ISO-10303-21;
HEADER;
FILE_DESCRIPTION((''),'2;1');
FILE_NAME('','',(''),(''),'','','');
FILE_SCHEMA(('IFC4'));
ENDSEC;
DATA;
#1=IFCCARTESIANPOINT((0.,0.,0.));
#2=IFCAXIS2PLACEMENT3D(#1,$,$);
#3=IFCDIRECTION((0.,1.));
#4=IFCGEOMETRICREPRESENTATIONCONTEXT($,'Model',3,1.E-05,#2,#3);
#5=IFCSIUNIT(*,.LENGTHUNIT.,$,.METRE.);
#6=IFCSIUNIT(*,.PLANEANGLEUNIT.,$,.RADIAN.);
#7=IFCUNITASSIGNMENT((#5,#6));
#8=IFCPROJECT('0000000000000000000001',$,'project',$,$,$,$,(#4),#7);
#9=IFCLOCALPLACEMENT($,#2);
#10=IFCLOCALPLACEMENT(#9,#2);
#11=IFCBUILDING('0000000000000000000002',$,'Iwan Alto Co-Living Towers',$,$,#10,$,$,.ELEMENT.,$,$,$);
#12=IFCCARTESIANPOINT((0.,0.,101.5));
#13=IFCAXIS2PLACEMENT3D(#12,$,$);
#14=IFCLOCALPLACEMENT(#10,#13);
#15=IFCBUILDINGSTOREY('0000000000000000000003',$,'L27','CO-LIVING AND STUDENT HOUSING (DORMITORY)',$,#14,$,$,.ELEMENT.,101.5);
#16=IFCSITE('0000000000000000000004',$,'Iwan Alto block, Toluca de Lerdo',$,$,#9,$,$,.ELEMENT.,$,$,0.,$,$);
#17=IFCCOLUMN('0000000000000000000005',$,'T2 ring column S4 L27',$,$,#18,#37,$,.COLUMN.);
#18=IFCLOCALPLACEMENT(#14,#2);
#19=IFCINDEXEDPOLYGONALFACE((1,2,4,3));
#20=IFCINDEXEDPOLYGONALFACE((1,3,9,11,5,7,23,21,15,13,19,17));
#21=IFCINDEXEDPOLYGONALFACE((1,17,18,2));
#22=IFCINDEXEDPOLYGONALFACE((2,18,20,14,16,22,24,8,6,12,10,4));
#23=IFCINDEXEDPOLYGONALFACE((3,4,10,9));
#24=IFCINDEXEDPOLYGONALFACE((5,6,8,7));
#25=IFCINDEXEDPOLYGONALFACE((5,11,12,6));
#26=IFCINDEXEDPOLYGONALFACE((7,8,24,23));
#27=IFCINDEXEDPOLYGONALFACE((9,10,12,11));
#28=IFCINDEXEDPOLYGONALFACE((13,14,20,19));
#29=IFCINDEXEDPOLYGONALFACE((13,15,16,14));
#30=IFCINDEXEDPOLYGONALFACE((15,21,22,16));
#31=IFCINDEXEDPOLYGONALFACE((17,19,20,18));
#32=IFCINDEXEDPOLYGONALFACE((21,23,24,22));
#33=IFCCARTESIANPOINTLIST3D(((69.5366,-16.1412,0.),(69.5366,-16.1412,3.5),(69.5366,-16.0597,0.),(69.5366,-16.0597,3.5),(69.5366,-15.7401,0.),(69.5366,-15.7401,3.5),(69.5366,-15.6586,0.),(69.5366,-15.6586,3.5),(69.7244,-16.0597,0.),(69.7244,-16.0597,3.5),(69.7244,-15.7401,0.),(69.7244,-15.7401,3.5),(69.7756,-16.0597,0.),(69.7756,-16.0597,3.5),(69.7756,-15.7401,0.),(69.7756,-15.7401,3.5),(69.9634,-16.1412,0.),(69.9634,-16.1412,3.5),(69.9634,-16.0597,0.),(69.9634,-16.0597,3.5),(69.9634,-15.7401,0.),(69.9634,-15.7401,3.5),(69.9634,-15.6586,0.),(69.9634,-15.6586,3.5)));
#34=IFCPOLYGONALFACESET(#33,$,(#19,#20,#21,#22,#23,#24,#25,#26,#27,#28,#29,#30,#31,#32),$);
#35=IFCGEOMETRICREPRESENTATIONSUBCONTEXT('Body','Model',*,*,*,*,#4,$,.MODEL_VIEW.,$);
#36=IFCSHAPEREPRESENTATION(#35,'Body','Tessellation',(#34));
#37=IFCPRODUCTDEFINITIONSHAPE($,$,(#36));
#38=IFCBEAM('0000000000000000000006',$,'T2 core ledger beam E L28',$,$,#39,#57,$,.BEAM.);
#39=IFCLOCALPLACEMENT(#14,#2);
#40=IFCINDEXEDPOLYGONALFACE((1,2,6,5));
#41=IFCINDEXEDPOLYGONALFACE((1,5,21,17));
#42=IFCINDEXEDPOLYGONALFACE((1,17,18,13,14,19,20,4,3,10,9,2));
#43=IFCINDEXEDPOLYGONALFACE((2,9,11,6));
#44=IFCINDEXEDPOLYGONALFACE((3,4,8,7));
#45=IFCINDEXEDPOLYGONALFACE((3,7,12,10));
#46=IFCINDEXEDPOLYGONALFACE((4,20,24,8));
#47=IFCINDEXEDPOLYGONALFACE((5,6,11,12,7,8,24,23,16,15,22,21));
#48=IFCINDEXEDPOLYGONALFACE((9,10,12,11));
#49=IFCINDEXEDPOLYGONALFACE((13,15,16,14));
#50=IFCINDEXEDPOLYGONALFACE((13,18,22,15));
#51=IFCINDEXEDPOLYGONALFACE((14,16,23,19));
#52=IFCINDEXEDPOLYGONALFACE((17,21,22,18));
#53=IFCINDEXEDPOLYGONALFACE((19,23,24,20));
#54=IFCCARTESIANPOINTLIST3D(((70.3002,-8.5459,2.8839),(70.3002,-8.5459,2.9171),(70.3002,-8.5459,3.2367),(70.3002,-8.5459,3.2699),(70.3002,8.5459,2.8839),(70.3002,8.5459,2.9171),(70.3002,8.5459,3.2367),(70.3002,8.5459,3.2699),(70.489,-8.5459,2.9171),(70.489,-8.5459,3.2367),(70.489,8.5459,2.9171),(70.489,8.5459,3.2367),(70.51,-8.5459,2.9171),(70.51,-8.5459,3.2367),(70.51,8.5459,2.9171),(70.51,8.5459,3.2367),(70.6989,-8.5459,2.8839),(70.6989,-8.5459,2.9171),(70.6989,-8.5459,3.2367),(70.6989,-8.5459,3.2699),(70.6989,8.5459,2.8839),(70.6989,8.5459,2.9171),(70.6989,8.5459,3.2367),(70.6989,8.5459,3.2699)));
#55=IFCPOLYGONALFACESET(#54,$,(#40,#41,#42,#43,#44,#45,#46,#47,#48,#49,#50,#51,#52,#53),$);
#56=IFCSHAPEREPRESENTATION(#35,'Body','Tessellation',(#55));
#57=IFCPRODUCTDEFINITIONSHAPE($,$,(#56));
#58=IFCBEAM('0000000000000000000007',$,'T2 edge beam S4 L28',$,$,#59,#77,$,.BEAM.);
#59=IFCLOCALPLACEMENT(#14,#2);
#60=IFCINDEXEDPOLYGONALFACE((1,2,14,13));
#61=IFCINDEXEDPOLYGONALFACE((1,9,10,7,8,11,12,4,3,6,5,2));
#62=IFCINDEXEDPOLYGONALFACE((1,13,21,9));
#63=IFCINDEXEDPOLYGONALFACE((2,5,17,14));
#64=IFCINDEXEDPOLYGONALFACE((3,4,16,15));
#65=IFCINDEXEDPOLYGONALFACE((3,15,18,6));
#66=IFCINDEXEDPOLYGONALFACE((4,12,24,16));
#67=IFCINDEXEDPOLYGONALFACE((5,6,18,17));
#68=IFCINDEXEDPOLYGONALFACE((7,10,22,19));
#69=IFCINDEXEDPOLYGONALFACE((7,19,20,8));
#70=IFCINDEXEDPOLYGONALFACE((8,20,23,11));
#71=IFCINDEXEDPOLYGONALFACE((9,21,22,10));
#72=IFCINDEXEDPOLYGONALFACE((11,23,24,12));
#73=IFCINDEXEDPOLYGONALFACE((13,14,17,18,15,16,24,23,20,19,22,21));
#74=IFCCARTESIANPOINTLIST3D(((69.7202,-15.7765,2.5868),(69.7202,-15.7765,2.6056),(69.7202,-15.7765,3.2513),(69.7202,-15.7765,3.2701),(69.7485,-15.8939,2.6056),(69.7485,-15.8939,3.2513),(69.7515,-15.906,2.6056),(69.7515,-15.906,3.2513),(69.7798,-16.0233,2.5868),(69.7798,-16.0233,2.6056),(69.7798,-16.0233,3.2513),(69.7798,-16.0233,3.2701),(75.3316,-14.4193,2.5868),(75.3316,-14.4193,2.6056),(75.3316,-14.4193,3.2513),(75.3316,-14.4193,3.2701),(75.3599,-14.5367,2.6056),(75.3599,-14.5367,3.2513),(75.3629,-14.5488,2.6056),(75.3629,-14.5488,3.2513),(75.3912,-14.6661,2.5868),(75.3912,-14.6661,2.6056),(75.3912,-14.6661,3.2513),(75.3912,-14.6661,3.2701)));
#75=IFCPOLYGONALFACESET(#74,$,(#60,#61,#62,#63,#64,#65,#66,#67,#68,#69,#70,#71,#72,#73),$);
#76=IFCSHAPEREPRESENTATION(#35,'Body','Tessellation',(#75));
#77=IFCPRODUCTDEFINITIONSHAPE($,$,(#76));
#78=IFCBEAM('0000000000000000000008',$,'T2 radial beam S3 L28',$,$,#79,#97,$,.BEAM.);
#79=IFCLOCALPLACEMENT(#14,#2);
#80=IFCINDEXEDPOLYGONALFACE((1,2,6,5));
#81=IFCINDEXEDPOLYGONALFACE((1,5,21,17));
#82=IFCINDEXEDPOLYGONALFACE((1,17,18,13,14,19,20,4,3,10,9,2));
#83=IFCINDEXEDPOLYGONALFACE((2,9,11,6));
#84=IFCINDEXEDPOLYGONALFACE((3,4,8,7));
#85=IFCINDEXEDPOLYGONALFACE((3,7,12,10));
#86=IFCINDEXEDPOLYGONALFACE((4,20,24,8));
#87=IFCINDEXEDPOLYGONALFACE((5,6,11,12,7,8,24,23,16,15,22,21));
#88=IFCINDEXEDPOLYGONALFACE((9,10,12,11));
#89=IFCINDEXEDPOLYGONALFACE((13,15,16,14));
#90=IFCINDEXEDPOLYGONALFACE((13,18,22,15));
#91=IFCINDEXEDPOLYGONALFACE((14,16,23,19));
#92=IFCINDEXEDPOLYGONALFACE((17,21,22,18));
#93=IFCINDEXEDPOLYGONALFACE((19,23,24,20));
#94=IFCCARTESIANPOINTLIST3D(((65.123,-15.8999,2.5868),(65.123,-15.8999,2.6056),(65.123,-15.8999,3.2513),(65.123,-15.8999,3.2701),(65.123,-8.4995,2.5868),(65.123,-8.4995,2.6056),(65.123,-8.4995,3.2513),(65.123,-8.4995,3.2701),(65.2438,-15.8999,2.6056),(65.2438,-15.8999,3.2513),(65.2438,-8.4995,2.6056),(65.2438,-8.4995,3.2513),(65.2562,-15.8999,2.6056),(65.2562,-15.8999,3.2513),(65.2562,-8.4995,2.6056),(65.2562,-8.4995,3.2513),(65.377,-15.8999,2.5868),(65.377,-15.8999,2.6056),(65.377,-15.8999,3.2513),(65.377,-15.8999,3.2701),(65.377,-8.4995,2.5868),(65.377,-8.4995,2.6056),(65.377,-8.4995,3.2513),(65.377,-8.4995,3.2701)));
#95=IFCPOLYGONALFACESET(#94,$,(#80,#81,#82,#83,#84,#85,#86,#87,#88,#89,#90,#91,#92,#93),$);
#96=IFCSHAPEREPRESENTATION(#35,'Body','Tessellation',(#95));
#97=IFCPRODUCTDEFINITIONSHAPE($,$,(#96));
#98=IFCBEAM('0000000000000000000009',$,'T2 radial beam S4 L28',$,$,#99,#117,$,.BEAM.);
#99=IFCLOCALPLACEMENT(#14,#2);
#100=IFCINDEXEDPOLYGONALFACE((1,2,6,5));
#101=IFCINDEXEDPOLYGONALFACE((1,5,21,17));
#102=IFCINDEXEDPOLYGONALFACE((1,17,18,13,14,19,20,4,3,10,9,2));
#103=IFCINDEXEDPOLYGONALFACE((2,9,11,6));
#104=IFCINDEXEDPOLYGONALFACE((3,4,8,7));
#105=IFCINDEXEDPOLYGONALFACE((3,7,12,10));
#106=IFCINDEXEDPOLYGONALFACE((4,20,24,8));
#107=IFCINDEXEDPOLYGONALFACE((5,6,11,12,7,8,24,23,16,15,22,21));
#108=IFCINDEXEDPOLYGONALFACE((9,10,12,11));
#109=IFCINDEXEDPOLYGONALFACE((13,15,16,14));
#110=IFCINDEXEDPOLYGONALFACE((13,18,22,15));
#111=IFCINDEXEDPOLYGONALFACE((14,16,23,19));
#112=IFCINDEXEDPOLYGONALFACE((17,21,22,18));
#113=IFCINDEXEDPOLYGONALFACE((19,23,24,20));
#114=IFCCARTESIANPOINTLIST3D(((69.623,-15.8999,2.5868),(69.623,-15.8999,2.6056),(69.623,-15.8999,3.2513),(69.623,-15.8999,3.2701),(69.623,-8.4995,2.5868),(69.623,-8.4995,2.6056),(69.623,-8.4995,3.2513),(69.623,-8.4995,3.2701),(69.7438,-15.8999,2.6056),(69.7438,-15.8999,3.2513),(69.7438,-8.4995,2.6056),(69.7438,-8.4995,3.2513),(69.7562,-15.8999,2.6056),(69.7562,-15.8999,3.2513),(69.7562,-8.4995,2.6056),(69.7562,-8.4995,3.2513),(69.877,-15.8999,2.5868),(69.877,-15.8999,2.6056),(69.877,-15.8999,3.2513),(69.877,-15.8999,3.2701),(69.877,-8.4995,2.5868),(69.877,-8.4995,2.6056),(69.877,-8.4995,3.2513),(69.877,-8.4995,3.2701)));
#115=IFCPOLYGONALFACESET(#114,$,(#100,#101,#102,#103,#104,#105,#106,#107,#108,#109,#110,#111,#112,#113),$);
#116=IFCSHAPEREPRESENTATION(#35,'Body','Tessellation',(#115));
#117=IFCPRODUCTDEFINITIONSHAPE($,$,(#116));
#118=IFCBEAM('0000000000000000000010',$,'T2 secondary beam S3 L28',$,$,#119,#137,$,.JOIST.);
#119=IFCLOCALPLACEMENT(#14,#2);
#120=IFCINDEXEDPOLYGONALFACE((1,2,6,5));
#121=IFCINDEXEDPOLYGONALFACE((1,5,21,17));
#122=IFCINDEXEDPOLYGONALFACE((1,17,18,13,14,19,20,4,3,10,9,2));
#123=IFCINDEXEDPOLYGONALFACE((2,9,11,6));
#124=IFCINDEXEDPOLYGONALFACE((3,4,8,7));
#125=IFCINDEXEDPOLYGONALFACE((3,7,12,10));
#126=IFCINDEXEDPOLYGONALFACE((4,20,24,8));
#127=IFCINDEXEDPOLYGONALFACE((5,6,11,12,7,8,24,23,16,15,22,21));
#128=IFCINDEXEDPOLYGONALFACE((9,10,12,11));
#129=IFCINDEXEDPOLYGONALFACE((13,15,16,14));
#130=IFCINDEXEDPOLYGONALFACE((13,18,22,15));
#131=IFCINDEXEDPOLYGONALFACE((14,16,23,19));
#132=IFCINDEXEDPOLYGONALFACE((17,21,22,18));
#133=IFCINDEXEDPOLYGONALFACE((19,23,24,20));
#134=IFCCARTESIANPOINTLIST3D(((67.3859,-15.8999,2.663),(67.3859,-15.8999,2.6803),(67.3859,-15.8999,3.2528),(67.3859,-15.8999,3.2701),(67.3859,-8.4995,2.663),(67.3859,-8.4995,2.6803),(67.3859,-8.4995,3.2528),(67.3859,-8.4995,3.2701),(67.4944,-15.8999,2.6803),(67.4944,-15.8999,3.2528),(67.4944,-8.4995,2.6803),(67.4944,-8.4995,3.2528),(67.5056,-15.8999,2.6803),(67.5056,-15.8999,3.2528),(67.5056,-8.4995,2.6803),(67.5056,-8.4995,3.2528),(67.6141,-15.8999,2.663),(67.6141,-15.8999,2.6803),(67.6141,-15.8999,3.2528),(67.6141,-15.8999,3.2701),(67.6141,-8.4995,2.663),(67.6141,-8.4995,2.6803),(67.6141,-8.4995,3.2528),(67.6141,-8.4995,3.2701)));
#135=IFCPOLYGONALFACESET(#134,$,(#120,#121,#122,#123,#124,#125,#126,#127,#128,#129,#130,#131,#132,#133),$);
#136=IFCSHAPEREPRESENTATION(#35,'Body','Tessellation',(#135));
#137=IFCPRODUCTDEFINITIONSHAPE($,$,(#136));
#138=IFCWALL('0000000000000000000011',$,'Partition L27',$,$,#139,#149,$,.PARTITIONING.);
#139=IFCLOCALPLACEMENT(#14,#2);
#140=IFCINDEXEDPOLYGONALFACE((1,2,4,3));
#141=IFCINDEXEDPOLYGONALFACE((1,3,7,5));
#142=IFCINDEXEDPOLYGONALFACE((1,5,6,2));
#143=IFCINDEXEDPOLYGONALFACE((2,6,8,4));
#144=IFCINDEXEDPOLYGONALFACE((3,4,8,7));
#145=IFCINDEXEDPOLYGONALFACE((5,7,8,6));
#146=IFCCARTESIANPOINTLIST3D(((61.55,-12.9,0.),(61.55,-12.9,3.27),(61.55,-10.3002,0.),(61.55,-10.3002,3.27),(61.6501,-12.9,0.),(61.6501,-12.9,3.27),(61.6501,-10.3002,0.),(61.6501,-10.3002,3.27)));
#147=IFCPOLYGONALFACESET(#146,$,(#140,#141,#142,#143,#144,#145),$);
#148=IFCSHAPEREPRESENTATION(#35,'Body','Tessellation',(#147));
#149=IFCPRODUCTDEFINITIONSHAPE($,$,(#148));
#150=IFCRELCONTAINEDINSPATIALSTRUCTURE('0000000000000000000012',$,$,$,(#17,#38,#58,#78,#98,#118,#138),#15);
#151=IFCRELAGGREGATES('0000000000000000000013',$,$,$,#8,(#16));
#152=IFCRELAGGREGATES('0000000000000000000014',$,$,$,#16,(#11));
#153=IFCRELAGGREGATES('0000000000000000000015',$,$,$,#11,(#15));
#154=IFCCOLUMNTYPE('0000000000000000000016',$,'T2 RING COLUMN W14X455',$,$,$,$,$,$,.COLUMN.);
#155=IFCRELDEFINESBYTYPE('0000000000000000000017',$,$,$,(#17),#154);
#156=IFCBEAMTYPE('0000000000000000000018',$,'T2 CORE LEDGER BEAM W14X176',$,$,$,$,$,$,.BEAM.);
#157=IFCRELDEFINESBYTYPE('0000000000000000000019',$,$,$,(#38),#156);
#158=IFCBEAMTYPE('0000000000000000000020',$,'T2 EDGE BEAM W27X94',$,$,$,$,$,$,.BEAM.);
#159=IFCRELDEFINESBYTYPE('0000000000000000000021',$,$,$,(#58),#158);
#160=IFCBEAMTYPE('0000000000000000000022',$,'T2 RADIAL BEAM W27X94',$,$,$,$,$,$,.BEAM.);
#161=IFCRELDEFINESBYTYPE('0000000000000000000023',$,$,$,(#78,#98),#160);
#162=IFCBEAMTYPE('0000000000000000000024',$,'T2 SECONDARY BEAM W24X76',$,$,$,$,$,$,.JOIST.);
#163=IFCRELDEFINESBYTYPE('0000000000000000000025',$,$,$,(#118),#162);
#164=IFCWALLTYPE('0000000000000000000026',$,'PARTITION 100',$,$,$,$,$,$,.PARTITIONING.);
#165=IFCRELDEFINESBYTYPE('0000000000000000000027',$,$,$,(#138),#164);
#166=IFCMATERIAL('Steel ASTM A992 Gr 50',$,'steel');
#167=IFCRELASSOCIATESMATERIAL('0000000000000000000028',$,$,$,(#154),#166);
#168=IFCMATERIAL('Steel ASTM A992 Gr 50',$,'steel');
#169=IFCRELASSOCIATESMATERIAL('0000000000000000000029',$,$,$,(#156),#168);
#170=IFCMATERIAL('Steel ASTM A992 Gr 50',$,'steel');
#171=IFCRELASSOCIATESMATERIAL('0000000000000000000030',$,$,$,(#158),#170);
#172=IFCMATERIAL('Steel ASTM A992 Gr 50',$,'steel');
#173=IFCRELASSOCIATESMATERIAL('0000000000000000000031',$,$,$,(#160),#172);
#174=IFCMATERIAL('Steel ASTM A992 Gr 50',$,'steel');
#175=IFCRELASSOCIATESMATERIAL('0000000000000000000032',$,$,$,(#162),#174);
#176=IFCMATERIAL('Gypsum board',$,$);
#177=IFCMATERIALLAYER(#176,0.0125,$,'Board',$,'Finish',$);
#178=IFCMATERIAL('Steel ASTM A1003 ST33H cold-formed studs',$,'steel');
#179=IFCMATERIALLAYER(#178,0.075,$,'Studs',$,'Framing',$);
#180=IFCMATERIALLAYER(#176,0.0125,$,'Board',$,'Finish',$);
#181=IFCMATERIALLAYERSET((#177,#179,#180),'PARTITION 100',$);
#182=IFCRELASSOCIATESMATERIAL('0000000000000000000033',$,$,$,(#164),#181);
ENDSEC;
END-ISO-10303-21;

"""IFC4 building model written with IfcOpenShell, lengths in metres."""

from ifc_helpers import new_model, si_unit, direction, frame, frame_2d, origin, origin_2d, place, context, subcontext, project, spatial, rectangle, i_section, extrude, material, layer, layer_set, material_profile, profile_set, type_object, element, save


model = new_model("IFC4")

# Units and contexts
model_context = context("Model", 3, precision=1e-05, world=origin(), true_north=direction((0.0, 1.0)))
body_context = subcontext(model_context, "Body", "Model", "MODEL_VIEW")
ifc_project = project(units=[si_unit("LENGTHUNIT", "METRE"), si_unit("PLANEANGLEUNIT", "RADIAN")], contexts=[model_context])

# Site, building, storey
site_placement = place(None, origin())
site = spatial("IfcSite", under=ifc_project, at=site_placement, Name="Iwan Alto block, Toluca de Lerdo", CompositionType="ELEMENT", RefElevation=0.0)
building_placement = place(site_placement, origin())
building = spatial("IfcBuilding", under=site, at=building_placement, Name="Iwan Alto Co-Living Towers", CompositionType="ELEMENT")
storey_placement = place(building_placement, frame((0.0, 0.0, 101.5)))
storey = spatial("IfcBuildingStorey", under=building, at=storey_placement, Name="L27", Description="CO-LIVING AND STUDENT HOUSING (DORMITORY)", CompositionType="ELEMENT", Elevation=101.5)

# Column
ifc_material_1 = material(Name="Steel ASTM A992 Gr 50", Category="steel")
ifc_material_profile_1 = material_profile(ifc_material_1, i_section(OverallWidth=0.4268, OverallDepth=0.4827, WebThickness=0.0513, FlangeThickness=0.0815, at=origin_2d()), Name="W14X455")
ifc_profile_set_1 = profile_set([ifc_material_profile_1], Name="Steel ASTM A992 Gr 50")
column_type = type_object("IfcColumnType", Name="T2 RING COLUMN W14X455", PredefinedType="COLUMN", material=ifc_profile_set_1)
column_placement = place(storey_placement, frame((69.75, -15.8999, 0.0), z_axis=(0.0, 0.0, 1.0), x_axis=(1.0, 0.0, 0.0)))
element("IfcColumn", 1, at=column_placement, inside=storey, type_object=column_type, Name="T2 ring column S4 L27", PredefinedType="COLUMN", context=body_context, shape_type="SweptSolid", body=[
    extrude(i_section(OverallWidth=0.4268, OverallDepth=0.4827, WebThickness=0.0513, FlangeThickness=0.0815, at=origin_2d()), origin(), (0.0, 0.0, 1.0), 3.5),
])

# Beams
ifc_material_2 = material(Name="Steel ASTM A992 Gr 50", Category="steel")
ifc_material_profile_2 = material_profile(ifc_material_2, i_section(OverallWidth=0.3987, OverallDepth=0.386, WebThickness=0.021, FlangeThickness=0.0332, at=origin_2d()), Name="W14X176")
ifc_profile_set_2 = profile_set([ifc_material_profile_2], Name="Steel ASTM A992 Gr 50")
beam_type_1 = type_object("IfcBeamType", Name="T2 CORE LEDGER BEAM W14X176", PredefinedType="BEAM", material=ifc_profile_set_2)
beam_1_placement = place(storey_placement, frame((70.4995, -8.5459, 3.0769), z_axis=(0.0, 1.0, 0.0), x_axis=(-1.0, 0.0, 0.0)))
element("IfcBeam", 2, at=beam_1_placement, inside=storey, type_object=beam_type_1, Name="T2 core ledger beam E L28", PredefinedType="BEAM", context=body_context, shape_type="SweptSolid", body=[
    extrude(i_section(OverallWidth=0.3987, OverallDepth=0.386, WebThickness=0.021, FlangeThickness=0.0332, at=origin_2d()), origin(), (0.0, 0.0, 1.0), 17.0918),
])
ifc_material_3 = material(Name="Steel ASTM A992 Gr 50", Category="steel")
ifc_material_profile_3 = material_profile(ifc_material_3, i_section(OverallWidth=0.2539, OverallDepth=0.6833, WebThickness=0.0125, FlangeThickness=0.0188, at=origin_2d()), Name="W27X94")
ifc_profile_set_3 = profile_set([ifc_material_profile_3], Name="Steel ASTM A992 Gr 50")
beam_type_2 = type_object("IfcBeamType", Name="T2 EDGE BEAM W27X94", PredefinedType="BEAM", material=ifc_profile_set_3)
beam_2_placement = place(storey_placement, frame((69.75, -15.8999, 2.9285), z_axis=(0.971975, 0.235086, 0.0), x_axis=(-0.235086, 0.971975, 0.0)))
element("IfcBeam", 3, at=beam_2_placement, inside=storey, type_object=beam_type_2, Name="T2 edge beam S4 L28", PredefinedType="BEAM", context=body_context, shape_type="SweptSolid", body=[
    extrude(i_section(OverallWidth=0.2539, OverallDepth=0.6833, WebThickness=0.0125, FlangeThickness=0.0188, at=origin_2d()), origin(), (0.0, 0.0, 1.0), 5.7732),
])
ifc_material_4 = material(Name="Steel ASTM A992 Gr 50", Category="steel")
ifc_material_profile_4 = material_profile(ifc_material_4, i_section(OverallWidth=0.2539, OverallDepth=0.6833, WebThickness=0.0125, FlangeThickness=0.0188, at=origin_2d()), Name="W27X94")
ifc_profile_set_4 = profile_set([ifc_material_profile_4], Name="Steel ASTM A992 Gr 50")
beam_type_3 = type_object("IfcBeamType", Name="T2 RADIAL BEAM W27X94", PredefinedType="BEAM", material=ifc_profile_set_4)
for number, where, z_axis, x_axis, name in (
    (4, (65.25, -15.8999, 2.9285), (0.0, 1.0, 0.0), (-1.0, 0.0, 0.0), "T2 radial beam S3 L28"),
    (5, (69.75, -15.8999, 2.9285), (0.0, 1.0, 0.0), (-1.0, 0.0, 0.0), "T2 radial beam S4 L28"),
):
    element("IfcBeam", number, at=place(storey_placement, frame(where, z_axis=z_axis, x_axis=x_axis)), inside=storey, type_object=beam_type_3, Name=name, PredefinedType="BEAM", context=body_context, shape_type="SweptSolid", body=[
        extrude(i_section(OverallWidth=0.2539, OverallDepth=0.6833, WebThickness=0.0125, FlangeThickness=0.0188, at=origin_2d()), origin(), (0.0, 0.0, 1.0), 7.4004),
    ])
ifc_material_5 = material(Name="Steel ASTM A992 Gr 50", Category="steel")
ifc_material_profile_5 = material_profile(ifc_material_5, i_section(OverallWidth=0.2283, OverallDepth=0.6072, WebThickness=0.0112, FlangeThickness=0.0173, at=origin_2d()), Name="W24X76")
ifc_profile_set_5 = profile_set([ifc_material_profile_5], Name="Steel ASTM A992 Gr 50")
beam_type_4 = type_object("IfcBeamType", Name="T2 SECONDARY BEAM W24X76", PredefinedType="JOIST", material=ifc_profile_set_5)
beam_3_placement = place(storey_placement, frame((67.5, -15.8999, 2.9666), z_axis=(0.0, 1.0, 0.0), x_axis=(-1.0, 0.0, 0.0)))
element("IfcBeam", 6, at=beam_3_placement, inside=storey, type_object=beam_type_4, Name="T2 secondary beam S3 L28", PredefinedType="JOIST", context=body_context, shape_type="SweptSolid", body=[
    extrude(i_section(OverallWidth=0.2283, OverallDepth=0.6072, WebThickness=0.0112, FlangeThickness=0.0173, at=origin_2d()), origin(), (0.0, 0.0, 1.0), 7.4004),
])

# Wall
ifc_material_6 = material(Name="Gypsum board")
ifc_layer_1 = layer(ifc_material_6, 0.0125, Name="Board", Category="Finish")
ifc_material_7 = material(Name="Steel ASTM A1003 ST33H cold-formed studs", Category="steel")
ifc_layer_2 = layer(ifc_material_7, 0.075, Name="Studs", Category="Framing")
ifc_layer_3 = layer(ifc_material_6, 0.0125, Name="Board", Category="Finish")
ifc_layer_set_1 = layer_set([ifc_layer_1, ifc_layer_2, ifc_layer_3], Name="PARTITION 100")
wall_type_1 = type_object("IfcWallType", Name="PARTITION 100", PredefinedType="PARTITIONING", material=ifc_layer_set_1)
wall_1_placement = place(storey_placement, frame((61.6001, -12.8999, 0.0), z_axis=(0.0, 0.0, 1.0), x_axis=(0.0, 1.0, 0.0)))
element("IfcWall", 7, at=wall_1_placement, inside=storey, type_object=wall_type_1, Name="Partition L27", PredefinedType="PARTITIONING", context=body_context, shape_type="SweptSolid", body=[
    extrude(rectangle(XDim=2.5999, YDim=0.1001, at=frame_2d((1.2998, 0.0))), origin(), (0.0, 0.0, 1.0), 3.27),
])

save(model, "model.ifc")
